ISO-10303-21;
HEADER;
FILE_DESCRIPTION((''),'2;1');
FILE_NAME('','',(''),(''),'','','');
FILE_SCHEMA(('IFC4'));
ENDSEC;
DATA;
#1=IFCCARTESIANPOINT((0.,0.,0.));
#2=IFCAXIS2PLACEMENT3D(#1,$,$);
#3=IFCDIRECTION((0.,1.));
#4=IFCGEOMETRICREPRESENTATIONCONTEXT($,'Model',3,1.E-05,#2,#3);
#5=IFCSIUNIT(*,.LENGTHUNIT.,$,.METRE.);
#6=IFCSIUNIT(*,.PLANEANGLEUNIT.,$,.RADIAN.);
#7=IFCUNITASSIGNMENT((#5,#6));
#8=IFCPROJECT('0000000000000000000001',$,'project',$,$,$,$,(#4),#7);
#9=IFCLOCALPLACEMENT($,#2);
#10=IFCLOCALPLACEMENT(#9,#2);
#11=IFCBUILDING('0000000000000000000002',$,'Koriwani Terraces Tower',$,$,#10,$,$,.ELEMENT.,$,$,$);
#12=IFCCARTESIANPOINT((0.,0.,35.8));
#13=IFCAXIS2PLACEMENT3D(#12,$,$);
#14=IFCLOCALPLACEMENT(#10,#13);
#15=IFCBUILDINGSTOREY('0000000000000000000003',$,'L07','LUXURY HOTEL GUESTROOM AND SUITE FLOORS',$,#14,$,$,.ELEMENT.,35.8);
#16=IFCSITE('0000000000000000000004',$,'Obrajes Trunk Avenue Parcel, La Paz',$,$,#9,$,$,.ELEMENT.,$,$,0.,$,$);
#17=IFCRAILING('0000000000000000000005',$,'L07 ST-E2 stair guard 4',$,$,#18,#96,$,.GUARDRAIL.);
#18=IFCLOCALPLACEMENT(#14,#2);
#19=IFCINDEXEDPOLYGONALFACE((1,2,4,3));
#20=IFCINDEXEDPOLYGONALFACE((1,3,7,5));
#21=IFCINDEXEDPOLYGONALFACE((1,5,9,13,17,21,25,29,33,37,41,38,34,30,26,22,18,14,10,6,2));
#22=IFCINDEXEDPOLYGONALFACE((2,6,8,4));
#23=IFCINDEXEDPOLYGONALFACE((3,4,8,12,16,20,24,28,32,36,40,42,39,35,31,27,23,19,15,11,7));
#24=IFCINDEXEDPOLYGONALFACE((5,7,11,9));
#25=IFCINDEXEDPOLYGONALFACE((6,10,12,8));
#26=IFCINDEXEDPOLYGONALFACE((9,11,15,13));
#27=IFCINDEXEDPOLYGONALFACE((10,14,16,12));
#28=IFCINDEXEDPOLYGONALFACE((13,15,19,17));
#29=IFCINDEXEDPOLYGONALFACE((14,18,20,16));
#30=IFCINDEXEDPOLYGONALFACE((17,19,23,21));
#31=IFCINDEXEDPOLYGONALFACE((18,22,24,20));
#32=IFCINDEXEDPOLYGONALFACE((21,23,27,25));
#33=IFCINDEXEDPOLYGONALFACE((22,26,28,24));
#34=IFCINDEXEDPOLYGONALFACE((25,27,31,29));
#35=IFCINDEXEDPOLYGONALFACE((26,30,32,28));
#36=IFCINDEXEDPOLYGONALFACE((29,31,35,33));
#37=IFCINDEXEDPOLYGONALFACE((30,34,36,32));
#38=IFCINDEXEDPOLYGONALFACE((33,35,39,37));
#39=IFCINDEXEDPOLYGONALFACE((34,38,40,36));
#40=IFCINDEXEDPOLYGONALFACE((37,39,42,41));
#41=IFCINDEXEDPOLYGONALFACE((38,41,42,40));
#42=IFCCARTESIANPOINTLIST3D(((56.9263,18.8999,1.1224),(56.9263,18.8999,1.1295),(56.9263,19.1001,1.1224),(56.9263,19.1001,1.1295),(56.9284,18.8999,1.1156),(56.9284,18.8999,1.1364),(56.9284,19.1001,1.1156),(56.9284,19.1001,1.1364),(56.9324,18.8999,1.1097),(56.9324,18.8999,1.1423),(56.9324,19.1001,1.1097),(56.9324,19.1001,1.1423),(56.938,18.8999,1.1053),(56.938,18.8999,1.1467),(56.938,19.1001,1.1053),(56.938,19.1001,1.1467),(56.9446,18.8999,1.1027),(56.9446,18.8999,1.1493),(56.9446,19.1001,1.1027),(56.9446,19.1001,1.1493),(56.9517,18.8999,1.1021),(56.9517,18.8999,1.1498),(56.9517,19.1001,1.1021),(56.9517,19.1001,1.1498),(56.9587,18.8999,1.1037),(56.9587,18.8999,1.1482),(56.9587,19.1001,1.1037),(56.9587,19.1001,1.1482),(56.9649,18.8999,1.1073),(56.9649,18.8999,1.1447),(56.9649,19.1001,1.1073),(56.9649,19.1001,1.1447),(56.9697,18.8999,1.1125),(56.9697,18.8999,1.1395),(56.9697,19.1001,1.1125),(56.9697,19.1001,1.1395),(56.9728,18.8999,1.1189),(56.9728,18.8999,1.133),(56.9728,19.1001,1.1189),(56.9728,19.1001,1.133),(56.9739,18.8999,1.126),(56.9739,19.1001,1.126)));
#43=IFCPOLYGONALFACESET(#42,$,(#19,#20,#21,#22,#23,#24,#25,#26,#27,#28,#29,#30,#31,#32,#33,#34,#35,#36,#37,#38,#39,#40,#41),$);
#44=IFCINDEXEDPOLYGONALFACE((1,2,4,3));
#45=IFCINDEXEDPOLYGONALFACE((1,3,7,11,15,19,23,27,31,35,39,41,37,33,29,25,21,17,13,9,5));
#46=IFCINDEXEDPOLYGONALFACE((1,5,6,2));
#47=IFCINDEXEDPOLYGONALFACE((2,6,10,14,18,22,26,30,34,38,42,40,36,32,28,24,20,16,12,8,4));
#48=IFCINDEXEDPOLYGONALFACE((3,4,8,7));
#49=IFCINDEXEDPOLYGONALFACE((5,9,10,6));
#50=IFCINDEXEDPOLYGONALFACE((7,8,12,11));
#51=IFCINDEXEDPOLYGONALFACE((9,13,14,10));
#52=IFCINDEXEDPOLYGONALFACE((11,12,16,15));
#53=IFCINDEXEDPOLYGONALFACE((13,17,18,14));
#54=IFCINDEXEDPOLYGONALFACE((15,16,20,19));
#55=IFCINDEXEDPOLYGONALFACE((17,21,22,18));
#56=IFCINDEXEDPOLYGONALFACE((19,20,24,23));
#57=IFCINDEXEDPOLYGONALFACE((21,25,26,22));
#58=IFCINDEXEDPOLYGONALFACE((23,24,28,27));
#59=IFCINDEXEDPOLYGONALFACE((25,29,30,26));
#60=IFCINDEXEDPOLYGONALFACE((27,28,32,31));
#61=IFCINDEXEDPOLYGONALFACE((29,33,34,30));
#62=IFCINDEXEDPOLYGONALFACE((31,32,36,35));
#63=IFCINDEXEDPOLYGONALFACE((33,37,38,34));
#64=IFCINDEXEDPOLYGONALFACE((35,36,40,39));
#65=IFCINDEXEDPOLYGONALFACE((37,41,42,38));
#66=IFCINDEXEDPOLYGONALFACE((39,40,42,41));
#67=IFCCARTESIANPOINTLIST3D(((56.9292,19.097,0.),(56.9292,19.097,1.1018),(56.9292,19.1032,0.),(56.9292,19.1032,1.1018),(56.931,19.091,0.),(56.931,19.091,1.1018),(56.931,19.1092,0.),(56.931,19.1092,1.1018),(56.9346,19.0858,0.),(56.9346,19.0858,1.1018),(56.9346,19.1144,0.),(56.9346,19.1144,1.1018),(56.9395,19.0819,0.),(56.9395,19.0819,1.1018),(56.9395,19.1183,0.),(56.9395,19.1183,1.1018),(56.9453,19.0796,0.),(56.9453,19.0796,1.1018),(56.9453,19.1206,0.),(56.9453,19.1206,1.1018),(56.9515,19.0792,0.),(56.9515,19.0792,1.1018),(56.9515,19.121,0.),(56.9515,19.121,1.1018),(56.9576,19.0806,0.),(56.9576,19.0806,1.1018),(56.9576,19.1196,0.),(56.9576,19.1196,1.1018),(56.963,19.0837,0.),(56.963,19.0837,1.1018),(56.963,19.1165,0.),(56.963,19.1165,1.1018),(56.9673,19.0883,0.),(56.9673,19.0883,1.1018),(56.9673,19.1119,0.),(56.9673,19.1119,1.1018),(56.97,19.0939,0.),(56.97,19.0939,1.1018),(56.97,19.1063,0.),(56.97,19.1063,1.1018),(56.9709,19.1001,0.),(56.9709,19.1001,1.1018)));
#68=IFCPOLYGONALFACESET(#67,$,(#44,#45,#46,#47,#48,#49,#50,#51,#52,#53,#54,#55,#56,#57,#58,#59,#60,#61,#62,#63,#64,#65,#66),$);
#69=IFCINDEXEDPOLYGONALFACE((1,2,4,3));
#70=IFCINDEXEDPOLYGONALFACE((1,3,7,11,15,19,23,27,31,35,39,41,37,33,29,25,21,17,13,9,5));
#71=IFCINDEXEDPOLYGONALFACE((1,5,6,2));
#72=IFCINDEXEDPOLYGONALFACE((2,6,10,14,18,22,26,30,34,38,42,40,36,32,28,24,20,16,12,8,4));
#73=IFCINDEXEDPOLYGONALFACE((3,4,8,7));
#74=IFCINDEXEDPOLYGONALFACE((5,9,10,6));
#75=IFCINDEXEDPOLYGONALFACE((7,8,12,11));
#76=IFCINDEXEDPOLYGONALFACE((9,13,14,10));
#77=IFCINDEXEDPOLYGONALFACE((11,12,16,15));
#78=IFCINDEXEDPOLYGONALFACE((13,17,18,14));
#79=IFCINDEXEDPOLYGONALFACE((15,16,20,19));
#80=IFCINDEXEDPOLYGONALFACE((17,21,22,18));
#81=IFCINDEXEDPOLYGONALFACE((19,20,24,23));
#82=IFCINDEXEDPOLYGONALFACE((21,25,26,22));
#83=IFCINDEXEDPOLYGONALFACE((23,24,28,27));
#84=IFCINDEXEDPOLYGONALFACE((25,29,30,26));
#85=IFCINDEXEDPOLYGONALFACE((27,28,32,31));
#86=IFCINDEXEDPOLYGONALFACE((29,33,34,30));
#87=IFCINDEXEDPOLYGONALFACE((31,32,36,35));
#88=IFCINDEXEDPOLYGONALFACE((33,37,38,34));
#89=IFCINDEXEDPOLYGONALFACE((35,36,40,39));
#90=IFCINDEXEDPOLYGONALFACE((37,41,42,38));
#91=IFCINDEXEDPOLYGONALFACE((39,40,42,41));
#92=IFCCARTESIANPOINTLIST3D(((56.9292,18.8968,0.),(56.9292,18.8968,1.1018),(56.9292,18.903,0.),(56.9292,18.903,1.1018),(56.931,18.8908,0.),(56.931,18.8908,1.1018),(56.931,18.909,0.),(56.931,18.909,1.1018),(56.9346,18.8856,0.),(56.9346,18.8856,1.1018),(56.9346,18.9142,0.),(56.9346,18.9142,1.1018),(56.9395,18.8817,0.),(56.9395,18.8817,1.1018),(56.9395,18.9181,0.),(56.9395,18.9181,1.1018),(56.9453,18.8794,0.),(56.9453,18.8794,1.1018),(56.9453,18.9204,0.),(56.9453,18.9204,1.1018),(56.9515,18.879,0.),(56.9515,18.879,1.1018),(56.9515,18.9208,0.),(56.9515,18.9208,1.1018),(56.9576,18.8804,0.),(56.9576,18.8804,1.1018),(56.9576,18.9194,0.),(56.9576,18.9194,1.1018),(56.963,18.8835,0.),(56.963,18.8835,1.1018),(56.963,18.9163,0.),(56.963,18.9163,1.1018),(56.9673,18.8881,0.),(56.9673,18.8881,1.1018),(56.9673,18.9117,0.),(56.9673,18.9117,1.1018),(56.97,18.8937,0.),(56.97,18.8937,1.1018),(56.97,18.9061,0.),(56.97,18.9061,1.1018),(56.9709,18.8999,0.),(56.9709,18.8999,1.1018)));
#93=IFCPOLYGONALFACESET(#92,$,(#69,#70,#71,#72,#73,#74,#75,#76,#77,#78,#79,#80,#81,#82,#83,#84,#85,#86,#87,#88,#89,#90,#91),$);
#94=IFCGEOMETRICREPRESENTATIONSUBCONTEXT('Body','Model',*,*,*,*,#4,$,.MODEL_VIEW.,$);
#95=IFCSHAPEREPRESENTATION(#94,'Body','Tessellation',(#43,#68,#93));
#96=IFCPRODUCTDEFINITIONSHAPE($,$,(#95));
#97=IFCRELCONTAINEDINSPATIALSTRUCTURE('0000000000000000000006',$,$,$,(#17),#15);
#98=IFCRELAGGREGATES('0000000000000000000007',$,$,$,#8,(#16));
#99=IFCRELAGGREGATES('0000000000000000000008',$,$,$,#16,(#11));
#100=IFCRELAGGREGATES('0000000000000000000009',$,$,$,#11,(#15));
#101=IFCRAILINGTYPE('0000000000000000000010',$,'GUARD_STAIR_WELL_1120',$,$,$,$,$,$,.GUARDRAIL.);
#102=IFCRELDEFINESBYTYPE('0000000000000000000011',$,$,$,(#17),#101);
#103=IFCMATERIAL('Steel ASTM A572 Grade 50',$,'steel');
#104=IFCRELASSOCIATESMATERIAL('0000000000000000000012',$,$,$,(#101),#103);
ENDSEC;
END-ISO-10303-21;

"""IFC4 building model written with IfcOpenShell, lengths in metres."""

from ifc_helpers import new_model, si_unit, direction, frame, origin, origin_2d, place, context, subcontext, project, spatial, circle, extrude, material, type_object, element, save


model = new_model("IFC4")

# Units and contexts
model_context = context("Model", 3, precision=1e-05, world=origin(), true_north=direction((0.0, 1.0)))
body_context = subcontext(model_context, "Body", "Model", "MODEL_VIEW")
ifc_project = project(units=[si_unit("LENGTHUNIT", "METRE"), si_unit("PLANEANGLEUNIT", "RADIAN")], contexts=[model_context])

# Site, building, storey
site_placement = place(None, origin())
site = spatial("IfcSite", under=ifc_project, at=site_placement, Name="Obrajes Trunk Avenue Parcel, La Paz", CompositionType="ELEMENT", RefElevation=0.0)
building_placement = place(site_placement, origin())
building = spatial("IfcBuilding", under=site, at=building_placement, Name="Koriwani Terraces Tower", CompositionType="ELEMENT")
storey_placement = place(building_placement, frame((0.0, 0.0, 35.8)))
storey = spatial("IfcBuildingStorey", under=building, at=storey_placement, Name="L07", Description="LUXURY HOTEL GUESTROOM AND SUITE FLOORS", CompositionType="ELEMENT", Elevation=35.8)

# Shared definitions
ifc_material_1 = material(Name="Steel ASTM A572 Grade 50", Category="steel")

# Railing
railing_type_1 = type_object("IfcRailingType", Name="GUARD_STAIR_WELL_1120", PredefinedType="GUARDRAIL", material=ifc_material_1)
railing_1_placement = place(storey_placement, frame((56.95, 19.1001, 0.0)))
element("IfcRailing", 1, at=railing_1_placement, inside=storey, type_object=railing_type_1, Name="L07 ST-E2 stair guard 4", PredefinedType="GUARDRAIL", context=body_context, shape_type="SweptSolid", body=[
    extrude(circle(Radius=0.0239, at=origin_2d()), frame((0.0, 0.0, 1.126), z_axis=(0.0, -1.0, 0.0), x_axis=(1.0, 0.0, 0.0)), (0.0, 0.0, 1.0), 0.2002),
    extrude(circle(Radius=0.021, at=origin_2d()), origin(), (0.0, 0.0, 1.0), 1.1018),
    extrude(circle(Radius=0.021, at=origin_2d()), frame((0.0, -0.2002, 0.0)), (0.0, 0.0, 1.0), 1.1018),
])

save(model, "model.ifc")
